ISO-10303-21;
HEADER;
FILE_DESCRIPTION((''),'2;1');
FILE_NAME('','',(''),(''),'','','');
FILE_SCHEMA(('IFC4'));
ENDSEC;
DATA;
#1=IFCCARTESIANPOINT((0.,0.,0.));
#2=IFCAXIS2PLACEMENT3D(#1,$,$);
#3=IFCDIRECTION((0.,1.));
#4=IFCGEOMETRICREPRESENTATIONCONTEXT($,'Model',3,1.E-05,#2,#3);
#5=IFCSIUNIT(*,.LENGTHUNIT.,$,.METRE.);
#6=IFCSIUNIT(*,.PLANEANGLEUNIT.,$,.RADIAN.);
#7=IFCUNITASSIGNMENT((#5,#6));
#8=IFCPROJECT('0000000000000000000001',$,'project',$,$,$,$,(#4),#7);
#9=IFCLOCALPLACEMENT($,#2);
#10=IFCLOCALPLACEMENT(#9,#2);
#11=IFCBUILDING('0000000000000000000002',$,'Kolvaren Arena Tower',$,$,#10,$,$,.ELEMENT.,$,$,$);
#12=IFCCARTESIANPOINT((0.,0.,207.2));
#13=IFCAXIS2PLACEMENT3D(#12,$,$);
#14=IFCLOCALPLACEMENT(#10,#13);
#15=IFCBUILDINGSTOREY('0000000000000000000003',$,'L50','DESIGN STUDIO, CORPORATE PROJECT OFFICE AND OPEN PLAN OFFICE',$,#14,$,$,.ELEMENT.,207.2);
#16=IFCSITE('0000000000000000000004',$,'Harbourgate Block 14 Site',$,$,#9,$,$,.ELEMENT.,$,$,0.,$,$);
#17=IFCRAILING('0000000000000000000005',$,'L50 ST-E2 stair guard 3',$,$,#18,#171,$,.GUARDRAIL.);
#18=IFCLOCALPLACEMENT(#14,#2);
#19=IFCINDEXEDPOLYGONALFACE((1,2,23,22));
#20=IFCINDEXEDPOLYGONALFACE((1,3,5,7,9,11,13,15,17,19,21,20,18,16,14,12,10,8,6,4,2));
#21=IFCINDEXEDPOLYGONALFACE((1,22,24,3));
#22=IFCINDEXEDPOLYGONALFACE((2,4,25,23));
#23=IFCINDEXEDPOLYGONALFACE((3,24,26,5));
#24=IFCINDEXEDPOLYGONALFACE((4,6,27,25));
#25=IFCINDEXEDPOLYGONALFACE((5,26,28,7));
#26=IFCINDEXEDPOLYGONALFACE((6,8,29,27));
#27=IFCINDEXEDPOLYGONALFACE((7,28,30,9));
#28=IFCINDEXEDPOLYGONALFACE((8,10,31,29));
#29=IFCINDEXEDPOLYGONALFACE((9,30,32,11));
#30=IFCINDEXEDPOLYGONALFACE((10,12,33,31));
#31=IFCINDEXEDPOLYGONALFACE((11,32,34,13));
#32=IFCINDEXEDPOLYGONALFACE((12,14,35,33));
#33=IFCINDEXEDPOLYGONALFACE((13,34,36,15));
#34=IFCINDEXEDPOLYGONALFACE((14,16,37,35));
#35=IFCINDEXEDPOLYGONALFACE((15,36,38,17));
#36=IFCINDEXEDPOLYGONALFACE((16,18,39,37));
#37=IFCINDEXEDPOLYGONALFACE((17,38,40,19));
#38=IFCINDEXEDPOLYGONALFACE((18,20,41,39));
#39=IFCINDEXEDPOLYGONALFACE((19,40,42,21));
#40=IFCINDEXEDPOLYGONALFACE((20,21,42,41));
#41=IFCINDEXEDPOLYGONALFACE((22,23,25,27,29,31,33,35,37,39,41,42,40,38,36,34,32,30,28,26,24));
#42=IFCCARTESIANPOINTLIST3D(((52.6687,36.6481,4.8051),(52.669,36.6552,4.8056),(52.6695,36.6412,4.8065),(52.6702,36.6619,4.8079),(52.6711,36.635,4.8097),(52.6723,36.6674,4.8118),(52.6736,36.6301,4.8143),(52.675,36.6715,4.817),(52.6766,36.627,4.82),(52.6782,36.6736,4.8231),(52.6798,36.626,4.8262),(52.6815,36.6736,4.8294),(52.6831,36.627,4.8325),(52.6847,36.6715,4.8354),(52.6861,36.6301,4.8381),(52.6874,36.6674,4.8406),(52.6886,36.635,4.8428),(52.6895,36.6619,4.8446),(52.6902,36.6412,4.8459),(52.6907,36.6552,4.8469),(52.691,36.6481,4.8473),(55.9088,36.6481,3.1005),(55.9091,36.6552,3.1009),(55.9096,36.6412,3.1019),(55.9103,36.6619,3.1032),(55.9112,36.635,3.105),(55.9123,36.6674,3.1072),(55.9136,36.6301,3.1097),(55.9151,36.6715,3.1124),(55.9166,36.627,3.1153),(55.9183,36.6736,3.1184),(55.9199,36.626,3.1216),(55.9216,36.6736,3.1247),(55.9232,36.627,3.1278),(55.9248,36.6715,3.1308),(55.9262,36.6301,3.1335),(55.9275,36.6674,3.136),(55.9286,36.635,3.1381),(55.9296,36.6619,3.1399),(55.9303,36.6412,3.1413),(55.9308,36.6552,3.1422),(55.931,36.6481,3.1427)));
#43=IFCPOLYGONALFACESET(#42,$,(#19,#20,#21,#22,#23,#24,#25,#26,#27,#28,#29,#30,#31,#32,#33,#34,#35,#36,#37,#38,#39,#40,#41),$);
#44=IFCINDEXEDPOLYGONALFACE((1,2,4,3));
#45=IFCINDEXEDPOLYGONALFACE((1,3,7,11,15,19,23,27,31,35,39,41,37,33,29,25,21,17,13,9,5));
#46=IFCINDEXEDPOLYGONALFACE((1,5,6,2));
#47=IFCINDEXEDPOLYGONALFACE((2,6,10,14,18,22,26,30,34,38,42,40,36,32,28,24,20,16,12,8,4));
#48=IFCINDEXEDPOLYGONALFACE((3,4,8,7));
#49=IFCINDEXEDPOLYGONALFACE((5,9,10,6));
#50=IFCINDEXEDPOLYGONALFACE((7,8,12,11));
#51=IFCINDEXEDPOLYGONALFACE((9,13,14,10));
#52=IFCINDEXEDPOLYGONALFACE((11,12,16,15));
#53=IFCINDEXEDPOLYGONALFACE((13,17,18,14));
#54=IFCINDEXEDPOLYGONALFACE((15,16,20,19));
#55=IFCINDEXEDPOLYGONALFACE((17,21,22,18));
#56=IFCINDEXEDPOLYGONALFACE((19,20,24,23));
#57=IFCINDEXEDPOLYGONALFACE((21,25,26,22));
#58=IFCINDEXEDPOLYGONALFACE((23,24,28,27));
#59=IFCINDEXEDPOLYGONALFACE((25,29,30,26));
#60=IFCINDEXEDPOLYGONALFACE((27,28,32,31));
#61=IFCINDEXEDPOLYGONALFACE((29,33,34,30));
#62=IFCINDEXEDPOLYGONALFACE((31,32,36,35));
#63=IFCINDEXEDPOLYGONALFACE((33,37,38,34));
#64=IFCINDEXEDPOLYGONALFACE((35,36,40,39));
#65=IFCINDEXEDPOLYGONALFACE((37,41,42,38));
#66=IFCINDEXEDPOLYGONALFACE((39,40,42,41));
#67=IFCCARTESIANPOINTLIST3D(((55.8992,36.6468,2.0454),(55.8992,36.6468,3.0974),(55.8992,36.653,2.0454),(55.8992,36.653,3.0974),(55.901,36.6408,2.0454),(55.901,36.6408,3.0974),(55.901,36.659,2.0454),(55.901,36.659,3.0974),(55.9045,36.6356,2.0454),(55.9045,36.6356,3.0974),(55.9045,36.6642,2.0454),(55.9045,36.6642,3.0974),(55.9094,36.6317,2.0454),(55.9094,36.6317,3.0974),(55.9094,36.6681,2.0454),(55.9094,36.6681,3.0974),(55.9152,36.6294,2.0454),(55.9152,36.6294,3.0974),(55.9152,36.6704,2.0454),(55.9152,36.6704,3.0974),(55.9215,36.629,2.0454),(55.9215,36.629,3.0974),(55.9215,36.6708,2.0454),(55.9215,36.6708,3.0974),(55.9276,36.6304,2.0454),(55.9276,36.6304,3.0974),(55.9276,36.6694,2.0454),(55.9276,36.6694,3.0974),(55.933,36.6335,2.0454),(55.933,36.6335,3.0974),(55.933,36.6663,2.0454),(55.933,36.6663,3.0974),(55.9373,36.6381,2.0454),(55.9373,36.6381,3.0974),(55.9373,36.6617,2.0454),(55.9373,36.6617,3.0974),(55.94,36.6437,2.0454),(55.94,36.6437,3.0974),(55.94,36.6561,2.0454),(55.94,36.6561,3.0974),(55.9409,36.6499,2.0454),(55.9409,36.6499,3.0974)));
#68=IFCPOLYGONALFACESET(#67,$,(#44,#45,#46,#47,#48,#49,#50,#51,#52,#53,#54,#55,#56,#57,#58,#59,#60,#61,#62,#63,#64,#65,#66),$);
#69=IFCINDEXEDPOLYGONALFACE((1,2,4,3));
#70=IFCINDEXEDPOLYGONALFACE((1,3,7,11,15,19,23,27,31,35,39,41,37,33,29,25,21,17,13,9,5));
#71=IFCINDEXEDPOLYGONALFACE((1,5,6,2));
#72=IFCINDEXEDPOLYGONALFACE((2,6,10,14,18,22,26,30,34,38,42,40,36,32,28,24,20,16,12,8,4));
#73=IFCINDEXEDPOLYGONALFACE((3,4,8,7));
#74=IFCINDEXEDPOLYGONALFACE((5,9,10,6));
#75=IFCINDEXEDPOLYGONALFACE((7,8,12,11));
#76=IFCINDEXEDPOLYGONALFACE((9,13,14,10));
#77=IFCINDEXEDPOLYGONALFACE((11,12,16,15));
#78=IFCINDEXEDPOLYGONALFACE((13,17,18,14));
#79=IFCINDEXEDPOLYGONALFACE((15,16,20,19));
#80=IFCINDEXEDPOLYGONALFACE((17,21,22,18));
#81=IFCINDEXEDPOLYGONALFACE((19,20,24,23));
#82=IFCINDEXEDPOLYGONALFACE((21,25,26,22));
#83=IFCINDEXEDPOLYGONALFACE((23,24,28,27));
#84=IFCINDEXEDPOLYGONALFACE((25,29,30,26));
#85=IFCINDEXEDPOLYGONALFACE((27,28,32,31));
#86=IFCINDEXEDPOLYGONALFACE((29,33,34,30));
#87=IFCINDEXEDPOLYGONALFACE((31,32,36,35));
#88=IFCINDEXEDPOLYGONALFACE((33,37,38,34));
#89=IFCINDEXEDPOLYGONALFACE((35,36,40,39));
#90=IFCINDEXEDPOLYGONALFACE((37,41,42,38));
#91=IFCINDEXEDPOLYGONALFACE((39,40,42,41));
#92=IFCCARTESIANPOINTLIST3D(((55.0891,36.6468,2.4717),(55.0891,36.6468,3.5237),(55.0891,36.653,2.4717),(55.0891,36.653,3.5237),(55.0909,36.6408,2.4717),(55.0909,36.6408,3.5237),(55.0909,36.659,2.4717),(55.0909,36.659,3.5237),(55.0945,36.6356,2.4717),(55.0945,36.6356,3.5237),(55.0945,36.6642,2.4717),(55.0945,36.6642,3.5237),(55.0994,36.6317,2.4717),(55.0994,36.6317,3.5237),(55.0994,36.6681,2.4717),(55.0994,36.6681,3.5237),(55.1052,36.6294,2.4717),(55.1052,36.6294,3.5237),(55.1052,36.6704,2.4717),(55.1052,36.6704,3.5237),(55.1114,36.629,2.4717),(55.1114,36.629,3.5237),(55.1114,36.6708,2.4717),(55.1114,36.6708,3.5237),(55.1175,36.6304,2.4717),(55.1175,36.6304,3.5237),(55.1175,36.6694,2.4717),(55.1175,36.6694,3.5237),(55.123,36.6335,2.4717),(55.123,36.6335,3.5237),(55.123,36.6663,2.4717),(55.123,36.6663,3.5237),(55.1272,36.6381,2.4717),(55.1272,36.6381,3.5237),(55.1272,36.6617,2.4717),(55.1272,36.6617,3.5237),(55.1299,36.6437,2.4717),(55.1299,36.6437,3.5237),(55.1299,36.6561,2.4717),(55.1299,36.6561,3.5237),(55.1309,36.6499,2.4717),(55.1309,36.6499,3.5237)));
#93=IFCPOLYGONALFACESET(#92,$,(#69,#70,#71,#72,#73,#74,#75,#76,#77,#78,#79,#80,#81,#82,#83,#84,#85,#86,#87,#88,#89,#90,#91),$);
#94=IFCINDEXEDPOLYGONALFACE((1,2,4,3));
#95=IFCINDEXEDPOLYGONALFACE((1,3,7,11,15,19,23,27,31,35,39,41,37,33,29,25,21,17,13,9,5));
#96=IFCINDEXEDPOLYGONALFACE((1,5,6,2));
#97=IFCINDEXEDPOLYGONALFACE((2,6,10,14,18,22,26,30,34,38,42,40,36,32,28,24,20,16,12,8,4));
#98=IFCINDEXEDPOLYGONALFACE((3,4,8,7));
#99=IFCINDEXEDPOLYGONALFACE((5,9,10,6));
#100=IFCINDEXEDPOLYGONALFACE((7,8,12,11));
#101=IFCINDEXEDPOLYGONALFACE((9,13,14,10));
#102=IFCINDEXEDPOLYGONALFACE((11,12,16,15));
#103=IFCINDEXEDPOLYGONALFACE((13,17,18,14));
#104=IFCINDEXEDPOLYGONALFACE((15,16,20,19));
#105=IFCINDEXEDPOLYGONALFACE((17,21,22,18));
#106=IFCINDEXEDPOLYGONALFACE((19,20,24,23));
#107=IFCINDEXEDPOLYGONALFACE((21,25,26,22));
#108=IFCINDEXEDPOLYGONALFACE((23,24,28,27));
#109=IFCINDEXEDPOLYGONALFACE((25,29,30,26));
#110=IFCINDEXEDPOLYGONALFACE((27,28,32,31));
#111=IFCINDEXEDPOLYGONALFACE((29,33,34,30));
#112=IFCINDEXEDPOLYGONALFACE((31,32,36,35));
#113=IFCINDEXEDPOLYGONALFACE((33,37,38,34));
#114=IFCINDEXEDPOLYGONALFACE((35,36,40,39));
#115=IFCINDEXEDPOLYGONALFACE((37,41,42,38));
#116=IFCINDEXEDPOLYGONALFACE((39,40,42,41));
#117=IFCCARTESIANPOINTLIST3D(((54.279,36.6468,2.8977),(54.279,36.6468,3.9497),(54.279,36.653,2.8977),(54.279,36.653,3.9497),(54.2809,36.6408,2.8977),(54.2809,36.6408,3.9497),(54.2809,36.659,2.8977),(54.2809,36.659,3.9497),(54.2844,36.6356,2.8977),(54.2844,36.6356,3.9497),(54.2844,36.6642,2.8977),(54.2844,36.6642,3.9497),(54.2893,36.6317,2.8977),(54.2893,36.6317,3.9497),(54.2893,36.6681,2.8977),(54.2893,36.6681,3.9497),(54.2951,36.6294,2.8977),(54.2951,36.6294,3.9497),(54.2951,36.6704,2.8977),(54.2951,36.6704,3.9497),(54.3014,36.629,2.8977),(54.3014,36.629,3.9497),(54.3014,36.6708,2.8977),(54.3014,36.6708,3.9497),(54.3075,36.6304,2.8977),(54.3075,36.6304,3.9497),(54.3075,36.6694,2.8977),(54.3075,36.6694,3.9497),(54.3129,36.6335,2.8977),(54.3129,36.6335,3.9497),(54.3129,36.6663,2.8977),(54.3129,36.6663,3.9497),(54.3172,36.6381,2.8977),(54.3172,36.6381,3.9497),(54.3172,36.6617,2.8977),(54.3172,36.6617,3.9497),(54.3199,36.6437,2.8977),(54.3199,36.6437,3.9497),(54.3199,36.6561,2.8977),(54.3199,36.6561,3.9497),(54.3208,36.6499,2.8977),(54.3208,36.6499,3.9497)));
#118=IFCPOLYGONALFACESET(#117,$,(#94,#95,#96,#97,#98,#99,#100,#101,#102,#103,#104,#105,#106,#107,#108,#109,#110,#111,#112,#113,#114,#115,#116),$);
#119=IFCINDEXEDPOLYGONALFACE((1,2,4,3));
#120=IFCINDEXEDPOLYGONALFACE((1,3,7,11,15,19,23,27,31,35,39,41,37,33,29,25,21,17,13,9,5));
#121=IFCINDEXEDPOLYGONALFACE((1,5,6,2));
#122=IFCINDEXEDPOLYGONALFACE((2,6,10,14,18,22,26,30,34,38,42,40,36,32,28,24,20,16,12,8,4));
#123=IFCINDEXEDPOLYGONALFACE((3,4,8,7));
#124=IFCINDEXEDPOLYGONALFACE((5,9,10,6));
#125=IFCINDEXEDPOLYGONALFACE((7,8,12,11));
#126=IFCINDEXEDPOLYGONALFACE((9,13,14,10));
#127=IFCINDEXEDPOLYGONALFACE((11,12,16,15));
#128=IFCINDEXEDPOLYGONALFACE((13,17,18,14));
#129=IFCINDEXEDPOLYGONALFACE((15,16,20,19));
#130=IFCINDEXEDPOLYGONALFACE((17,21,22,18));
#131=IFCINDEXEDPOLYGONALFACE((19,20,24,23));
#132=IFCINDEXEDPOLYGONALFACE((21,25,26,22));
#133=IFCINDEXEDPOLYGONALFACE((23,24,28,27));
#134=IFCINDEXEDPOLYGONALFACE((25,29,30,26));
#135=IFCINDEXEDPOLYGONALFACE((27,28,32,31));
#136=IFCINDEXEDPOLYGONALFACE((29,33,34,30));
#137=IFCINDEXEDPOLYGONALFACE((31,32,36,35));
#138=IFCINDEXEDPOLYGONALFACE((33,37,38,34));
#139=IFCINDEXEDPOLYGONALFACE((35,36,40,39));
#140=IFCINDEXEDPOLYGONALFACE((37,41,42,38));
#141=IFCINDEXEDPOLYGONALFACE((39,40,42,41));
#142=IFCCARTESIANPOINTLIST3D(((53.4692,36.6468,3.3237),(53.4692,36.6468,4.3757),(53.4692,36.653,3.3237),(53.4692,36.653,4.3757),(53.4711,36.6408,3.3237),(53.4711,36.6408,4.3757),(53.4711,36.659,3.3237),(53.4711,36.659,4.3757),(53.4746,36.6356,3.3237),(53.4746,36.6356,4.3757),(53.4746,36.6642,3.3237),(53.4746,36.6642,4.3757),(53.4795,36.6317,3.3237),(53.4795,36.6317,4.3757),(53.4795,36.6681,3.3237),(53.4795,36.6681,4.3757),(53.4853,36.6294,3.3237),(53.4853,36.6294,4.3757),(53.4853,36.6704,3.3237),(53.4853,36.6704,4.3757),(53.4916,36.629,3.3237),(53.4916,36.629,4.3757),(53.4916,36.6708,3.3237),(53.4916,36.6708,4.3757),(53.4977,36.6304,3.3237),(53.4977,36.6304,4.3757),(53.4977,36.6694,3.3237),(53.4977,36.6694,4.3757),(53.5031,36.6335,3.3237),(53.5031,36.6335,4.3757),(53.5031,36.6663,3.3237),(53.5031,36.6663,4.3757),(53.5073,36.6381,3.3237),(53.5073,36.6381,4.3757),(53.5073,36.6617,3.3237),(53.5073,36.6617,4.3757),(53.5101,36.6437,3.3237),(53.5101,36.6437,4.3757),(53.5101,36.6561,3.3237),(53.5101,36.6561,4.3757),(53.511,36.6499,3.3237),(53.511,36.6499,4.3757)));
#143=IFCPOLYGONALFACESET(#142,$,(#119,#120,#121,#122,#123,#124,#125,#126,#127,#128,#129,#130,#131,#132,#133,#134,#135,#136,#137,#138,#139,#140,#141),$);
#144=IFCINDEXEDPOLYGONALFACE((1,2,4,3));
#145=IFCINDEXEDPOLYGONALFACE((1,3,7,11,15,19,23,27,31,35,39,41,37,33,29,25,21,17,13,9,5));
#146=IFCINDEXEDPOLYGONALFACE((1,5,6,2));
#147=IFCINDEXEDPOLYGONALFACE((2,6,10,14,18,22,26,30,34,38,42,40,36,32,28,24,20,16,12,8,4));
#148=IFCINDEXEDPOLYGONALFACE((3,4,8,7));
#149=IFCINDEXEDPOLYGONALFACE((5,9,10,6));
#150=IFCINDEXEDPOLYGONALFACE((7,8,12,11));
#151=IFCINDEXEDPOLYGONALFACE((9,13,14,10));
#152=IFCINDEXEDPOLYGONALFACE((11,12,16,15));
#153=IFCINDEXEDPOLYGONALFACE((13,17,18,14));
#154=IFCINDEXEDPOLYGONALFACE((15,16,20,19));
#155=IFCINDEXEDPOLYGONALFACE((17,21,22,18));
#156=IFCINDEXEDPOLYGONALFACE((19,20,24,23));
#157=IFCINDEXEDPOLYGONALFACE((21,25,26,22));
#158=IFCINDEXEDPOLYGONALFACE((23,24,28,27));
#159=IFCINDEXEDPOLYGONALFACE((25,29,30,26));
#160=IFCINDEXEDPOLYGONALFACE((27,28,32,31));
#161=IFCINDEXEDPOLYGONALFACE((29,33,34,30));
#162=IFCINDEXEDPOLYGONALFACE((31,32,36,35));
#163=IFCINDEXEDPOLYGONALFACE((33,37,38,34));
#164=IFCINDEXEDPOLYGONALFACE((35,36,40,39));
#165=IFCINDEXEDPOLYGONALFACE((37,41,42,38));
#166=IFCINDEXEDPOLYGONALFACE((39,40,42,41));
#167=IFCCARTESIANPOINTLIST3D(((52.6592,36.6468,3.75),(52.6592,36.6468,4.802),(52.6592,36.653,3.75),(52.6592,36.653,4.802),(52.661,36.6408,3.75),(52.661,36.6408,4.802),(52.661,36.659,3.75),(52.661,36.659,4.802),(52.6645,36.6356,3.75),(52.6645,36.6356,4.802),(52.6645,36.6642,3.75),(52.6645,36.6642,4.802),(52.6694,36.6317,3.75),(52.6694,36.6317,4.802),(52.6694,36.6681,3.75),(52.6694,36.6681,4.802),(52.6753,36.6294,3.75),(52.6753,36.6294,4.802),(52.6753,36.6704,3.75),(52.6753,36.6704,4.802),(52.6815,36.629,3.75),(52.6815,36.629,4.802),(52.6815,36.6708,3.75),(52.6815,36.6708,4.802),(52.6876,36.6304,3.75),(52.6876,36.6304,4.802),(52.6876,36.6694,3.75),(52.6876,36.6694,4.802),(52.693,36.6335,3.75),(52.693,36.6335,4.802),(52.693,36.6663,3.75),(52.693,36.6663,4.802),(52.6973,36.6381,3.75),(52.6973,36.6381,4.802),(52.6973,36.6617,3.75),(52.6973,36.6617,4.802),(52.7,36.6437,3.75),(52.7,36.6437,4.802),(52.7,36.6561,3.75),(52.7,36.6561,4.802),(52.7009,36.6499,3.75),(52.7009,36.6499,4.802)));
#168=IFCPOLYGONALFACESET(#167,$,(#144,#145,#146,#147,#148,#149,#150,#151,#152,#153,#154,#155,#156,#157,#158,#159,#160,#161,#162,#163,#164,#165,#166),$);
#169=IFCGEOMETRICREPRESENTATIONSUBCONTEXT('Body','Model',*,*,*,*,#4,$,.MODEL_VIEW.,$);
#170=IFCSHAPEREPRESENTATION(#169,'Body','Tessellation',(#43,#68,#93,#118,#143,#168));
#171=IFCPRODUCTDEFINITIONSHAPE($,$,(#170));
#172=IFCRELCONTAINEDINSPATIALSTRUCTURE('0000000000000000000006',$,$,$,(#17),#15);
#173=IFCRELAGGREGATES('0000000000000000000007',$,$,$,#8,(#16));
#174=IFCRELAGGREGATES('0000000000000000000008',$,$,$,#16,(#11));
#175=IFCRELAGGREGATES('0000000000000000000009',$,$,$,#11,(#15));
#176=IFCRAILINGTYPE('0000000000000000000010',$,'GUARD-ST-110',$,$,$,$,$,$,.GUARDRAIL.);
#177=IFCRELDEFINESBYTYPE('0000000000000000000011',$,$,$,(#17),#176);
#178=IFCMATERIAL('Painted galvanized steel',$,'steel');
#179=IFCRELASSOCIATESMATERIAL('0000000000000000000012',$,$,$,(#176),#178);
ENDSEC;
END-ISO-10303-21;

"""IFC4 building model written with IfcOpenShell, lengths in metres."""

from ifc_helpers import new_model, si_unit, direction, frame, origin, origin_2d, place, context, subcontext, project, spatial, circle, extrude, material, type_object, element, save


model = new_model("IFC4")

# Units and contexts
model_context = context("Model", 3, precision=1e-05, world=origin(), true_north=direction((0.0, 1.0)))
body_context = subcontext(model_context, "Body", "Model", "MODEL_VIEW")
ifc_project = project(units=[si_unit("LENGTHUNIT", "METRE"), si_unit("PLANEANGLEUNIT", "RADIAN")], contexts=[model_context])

# Site, building, storey
site_placement = place(None, origin())
site = spatial("IfcSite", under=ifc_project, at=site_placement, Name="Harbourgate Block 14 Site", CompositionType="ELEMENT", RefElevation=0.0)
building_placement = place(site_placement, origin())
building = spatial("IfcBuilding", under=site, at=building_placement, Name="Kolvaren Arena Tower", CompositionType="ELEMENT")
storey_placement = place(building_placement, frame((0.0, 0.0, 207.2)))
storey = spatial("IfcBuildingStorey", under=building, at=storey_placement, Name="L50", Description="DESIGN STUDIO, CORPORATE PROJECT OFFICE AND OPEN PLAN OFFICE", CompositionType="ELEMENT", Elevation=207.2)

# Railing
ifc_material_1 = material(Name="Painted galvanized steel", Category="steel")
railing_type_1 = type_object("IfcRailingType", Name="GUARD-ST-110", PredefinedType="GUARDRAIL", material=ifc_material_1)
railing_1_placement = place(storey_placement, frame((55.9199, 36.6499, 2.0454)))
element("IfcRailing", 1, at=railing_1_placement, inside=storey, type_object=railing_type_1, Name="L50 ST-E2 stair guard 3", PredefinedType="GUARDRAIL", context=body_context, shape_type="SweptSolid", body=[
    extrude(circle(Radius=0.0239, at=origin_2d()), frame((0.0, 0.0, 1.0762), z_axis=(-0.884993, 0.0, 0.465604), x_axis=(0.0, -1.0, 0.0)), (0.0, 0.0, 1.0), 3.6611),
    extrude(circle(Radius=0.021, at=origin_2d()), origin(), (0.0, 0.0, 1.0), 1.052),
    extrude(circle(Radius=0.021, at=origin_2d()), frame((-0.8101, 0.0, 0.4263)), (0.0, 0.0, 1.0), 1.052),
    extrude(circle(Radius=0.021, at=origin_2d()), frame((-1.6201, 0.0, 0.8523)), (0.0, 0.0, 1.0), 1.052),
    extrude(circle(Radius=0.021, at=origin_2d()), frame((-2.4299, 0.0, 1.2783)), (0.0, 0.0, 1.0), 1.052),
    extrude(circle(Radius=0.021, at=origin_2d()), frame((-3.24, 0.0, 1.7046)), (0.0, 0.0, 1.0), 1.052),
])

save(model, "model.ifc")
